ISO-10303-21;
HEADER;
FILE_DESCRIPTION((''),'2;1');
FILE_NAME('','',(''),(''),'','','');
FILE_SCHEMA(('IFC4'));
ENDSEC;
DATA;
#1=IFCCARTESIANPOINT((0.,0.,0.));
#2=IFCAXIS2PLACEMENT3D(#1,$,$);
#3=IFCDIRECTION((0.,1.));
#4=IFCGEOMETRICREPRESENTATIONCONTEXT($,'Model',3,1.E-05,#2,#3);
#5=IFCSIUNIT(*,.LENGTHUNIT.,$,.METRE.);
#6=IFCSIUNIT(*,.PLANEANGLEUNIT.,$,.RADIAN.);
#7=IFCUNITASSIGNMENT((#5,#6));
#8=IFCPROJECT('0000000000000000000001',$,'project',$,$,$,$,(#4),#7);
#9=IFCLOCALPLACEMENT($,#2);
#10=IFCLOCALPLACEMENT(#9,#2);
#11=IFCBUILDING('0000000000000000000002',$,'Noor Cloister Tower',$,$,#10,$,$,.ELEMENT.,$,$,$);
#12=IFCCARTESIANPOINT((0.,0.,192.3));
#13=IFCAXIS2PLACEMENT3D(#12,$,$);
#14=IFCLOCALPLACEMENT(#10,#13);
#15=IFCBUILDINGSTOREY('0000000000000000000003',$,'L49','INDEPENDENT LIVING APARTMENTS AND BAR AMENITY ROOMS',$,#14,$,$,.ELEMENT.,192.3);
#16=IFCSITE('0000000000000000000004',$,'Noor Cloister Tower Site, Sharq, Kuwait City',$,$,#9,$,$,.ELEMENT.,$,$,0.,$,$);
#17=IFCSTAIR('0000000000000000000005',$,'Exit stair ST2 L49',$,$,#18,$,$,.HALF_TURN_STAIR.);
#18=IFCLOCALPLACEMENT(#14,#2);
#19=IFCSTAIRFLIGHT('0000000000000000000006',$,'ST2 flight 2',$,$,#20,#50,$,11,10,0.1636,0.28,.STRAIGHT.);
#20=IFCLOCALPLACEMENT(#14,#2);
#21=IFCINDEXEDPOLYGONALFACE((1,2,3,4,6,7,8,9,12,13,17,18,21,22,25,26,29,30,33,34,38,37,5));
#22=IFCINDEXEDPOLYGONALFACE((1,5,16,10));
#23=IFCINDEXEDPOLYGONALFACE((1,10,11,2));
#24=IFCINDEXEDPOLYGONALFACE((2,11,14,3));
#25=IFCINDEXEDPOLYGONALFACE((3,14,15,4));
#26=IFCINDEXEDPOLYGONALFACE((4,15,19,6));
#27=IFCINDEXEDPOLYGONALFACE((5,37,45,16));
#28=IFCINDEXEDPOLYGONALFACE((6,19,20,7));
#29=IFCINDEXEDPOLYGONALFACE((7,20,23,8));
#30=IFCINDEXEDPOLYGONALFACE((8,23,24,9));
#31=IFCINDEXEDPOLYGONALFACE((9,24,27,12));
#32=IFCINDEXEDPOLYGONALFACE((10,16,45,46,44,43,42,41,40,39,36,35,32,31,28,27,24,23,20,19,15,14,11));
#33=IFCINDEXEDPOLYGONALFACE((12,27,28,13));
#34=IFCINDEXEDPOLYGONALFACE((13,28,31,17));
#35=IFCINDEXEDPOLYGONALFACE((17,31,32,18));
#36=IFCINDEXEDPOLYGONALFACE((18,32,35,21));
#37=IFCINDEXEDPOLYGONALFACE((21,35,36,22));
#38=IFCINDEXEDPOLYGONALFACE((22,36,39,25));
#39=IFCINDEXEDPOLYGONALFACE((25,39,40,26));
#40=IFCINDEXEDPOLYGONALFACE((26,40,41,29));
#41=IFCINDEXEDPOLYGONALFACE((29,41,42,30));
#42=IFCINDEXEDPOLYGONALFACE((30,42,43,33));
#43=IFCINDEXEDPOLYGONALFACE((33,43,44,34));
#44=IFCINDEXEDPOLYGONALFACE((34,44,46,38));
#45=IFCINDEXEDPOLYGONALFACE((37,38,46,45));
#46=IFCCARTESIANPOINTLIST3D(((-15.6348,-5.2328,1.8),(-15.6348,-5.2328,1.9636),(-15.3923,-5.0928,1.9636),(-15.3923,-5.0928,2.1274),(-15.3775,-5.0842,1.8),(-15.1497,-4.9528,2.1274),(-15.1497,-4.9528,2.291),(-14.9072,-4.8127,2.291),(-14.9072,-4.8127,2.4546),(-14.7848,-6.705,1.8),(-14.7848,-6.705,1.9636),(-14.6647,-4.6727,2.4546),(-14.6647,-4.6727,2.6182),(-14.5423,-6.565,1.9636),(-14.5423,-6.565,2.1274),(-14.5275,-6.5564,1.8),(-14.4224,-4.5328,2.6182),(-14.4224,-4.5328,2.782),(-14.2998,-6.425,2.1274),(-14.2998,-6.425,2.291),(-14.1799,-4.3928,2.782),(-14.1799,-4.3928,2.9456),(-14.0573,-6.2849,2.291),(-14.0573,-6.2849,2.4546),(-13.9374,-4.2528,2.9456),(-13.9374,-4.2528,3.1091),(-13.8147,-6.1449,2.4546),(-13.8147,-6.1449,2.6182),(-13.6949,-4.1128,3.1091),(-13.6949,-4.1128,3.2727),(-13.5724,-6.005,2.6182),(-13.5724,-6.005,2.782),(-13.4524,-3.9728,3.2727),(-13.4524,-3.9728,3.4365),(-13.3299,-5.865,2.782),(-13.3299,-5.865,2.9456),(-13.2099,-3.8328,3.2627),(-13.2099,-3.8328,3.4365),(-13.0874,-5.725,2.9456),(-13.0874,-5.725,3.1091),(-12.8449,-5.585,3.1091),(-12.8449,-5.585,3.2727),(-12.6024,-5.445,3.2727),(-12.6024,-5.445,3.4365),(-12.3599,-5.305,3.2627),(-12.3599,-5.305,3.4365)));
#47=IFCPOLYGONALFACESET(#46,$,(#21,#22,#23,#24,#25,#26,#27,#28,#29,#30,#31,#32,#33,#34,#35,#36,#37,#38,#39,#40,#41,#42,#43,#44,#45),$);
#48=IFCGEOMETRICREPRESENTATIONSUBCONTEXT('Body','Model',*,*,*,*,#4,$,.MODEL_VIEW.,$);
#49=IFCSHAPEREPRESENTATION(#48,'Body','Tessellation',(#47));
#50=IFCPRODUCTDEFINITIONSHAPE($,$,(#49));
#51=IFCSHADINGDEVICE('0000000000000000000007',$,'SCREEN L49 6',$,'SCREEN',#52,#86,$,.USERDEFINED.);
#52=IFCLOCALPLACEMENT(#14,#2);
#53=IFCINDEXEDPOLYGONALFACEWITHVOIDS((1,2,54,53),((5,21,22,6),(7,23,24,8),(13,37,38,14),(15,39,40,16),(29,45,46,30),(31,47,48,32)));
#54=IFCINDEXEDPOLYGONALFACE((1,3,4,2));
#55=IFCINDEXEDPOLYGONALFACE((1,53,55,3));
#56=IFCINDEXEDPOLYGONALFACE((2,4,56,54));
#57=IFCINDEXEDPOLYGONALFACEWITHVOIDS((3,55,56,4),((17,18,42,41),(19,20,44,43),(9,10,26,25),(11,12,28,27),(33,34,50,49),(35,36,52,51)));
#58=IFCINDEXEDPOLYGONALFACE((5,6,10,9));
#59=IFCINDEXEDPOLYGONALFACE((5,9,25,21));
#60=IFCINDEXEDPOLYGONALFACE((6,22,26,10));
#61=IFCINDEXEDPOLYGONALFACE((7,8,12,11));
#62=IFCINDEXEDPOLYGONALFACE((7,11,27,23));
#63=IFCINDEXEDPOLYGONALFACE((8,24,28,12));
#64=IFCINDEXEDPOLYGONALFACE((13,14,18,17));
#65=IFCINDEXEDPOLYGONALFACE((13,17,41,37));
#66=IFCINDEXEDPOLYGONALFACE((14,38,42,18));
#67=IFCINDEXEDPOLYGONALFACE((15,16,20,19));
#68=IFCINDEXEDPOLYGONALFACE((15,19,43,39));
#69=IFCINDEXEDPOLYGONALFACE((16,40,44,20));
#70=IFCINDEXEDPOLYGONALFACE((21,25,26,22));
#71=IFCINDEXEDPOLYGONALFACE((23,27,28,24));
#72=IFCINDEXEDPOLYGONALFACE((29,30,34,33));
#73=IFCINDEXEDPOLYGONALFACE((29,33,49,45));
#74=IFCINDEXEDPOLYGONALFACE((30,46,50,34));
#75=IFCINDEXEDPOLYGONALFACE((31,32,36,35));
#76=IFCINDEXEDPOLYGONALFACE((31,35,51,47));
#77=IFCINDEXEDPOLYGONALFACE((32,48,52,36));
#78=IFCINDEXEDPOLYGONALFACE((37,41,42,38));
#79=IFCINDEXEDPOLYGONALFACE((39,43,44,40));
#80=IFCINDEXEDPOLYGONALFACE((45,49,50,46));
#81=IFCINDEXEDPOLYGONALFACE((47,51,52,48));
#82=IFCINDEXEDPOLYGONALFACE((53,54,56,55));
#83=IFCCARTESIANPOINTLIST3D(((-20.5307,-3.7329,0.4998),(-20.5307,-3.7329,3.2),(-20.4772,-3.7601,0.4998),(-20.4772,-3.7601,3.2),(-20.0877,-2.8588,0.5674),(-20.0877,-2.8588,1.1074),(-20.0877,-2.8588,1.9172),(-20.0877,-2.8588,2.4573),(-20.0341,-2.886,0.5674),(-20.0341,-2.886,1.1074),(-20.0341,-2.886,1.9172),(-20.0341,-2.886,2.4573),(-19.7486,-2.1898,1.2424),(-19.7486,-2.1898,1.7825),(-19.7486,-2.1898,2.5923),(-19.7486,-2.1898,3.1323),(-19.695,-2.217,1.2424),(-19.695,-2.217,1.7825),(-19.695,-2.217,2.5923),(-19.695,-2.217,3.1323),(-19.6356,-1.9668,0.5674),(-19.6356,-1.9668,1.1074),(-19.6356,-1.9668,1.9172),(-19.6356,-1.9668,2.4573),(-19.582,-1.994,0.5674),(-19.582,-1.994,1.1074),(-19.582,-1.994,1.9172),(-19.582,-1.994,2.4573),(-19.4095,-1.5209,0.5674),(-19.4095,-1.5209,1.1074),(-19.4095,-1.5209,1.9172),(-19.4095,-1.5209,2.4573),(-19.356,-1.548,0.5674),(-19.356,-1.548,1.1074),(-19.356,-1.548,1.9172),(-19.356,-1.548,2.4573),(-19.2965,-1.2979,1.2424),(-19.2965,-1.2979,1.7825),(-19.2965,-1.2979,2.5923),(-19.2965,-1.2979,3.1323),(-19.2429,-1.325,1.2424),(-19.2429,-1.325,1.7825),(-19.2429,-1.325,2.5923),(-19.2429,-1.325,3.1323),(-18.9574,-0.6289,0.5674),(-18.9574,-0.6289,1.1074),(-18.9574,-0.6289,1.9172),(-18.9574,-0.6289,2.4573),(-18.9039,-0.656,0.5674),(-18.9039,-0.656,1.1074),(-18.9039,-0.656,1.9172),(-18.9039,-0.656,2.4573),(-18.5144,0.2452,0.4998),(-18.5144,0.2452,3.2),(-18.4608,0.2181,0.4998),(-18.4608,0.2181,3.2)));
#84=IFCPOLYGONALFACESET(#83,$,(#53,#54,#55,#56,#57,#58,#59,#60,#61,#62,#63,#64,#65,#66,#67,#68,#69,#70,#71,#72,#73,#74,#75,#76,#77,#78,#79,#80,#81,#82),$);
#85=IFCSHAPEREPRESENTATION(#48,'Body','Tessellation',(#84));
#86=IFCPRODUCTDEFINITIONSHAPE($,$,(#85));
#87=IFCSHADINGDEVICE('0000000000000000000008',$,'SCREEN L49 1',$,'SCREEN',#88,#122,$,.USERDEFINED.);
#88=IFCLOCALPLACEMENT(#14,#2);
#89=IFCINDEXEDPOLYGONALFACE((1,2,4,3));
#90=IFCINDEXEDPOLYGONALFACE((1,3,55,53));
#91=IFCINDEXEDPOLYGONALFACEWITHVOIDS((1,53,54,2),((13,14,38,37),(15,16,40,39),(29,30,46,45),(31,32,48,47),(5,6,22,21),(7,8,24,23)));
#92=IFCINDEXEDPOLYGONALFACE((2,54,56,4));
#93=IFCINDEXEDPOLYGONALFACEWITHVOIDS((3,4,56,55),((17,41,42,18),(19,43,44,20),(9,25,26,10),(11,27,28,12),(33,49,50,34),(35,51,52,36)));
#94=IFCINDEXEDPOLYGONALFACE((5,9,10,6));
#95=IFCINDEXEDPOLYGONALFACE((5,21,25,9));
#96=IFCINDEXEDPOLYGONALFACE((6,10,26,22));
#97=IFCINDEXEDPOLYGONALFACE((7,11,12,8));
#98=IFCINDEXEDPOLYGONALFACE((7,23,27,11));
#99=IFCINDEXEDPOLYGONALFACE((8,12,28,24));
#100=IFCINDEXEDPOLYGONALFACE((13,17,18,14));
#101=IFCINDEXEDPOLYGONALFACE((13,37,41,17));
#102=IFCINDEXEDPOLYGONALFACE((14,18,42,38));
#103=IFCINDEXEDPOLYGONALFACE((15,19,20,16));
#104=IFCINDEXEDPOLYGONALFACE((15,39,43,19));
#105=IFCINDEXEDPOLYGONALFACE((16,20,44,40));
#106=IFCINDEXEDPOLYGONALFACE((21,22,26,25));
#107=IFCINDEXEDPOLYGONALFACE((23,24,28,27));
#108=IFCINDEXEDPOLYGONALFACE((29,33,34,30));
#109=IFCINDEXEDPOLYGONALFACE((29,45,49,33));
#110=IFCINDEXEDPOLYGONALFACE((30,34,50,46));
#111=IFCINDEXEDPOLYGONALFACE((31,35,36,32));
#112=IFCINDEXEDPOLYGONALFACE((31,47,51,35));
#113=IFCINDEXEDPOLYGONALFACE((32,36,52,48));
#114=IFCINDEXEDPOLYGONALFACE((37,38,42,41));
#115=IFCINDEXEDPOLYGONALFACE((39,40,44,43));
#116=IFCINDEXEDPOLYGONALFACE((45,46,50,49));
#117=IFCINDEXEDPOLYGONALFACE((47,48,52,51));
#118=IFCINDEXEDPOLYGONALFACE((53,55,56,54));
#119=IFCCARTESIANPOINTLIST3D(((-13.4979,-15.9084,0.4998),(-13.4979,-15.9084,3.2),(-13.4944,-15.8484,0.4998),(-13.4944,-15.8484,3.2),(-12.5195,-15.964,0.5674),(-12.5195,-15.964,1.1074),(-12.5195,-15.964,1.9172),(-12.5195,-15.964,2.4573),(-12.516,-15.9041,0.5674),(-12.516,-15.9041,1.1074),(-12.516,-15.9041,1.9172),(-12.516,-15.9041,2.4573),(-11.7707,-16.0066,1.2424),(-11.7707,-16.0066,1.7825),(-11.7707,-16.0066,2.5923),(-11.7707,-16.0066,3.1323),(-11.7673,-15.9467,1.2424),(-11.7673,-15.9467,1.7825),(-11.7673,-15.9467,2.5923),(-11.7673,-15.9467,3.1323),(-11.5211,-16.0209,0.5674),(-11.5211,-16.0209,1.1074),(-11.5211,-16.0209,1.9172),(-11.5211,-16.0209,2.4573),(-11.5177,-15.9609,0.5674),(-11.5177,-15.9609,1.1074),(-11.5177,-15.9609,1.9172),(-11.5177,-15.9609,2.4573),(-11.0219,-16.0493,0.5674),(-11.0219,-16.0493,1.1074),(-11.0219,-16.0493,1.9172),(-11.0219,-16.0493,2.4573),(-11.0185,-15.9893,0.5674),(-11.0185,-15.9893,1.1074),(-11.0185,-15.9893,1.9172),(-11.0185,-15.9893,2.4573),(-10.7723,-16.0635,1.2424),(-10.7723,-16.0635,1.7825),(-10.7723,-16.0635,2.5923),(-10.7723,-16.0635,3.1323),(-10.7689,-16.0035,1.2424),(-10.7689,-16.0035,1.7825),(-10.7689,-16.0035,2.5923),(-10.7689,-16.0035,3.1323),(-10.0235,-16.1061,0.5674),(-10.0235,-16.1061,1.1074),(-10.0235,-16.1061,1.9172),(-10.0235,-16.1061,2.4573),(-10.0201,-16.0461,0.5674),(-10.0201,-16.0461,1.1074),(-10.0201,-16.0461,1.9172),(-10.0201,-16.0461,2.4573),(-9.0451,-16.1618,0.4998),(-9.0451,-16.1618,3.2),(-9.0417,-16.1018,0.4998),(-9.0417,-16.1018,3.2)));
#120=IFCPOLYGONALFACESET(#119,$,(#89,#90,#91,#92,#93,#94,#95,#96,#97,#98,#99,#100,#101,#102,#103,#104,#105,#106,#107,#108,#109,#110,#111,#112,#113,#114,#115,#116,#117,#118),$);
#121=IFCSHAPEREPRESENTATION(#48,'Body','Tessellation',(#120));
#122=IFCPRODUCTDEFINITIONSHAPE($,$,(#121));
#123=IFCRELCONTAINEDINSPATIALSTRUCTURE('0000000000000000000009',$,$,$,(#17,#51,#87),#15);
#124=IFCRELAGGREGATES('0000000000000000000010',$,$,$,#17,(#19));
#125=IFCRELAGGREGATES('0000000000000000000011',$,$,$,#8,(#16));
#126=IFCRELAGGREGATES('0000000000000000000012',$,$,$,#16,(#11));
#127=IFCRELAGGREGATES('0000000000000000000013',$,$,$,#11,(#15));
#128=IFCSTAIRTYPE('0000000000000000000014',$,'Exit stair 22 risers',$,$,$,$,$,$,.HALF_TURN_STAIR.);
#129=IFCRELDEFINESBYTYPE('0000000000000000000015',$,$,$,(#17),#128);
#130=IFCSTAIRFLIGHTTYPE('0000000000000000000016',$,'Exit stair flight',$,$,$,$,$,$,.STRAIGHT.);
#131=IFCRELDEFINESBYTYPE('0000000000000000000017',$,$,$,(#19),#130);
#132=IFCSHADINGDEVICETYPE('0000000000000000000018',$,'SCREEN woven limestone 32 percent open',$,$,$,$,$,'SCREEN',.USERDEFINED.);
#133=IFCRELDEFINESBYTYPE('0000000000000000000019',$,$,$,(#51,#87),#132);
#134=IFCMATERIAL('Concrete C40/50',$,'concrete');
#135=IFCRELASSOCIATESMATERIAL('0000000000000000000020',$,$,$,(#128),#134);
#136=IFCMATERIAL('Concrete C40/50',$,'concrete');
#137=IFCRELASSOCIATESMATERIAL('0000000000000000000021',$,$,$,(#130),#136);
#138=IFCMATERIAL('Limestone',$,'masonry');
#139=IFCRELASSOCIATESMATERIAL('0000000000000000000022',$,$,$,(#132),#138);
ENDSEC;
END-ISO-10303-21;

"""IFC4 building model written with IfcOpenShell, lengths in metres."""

from ifc_helpers import new_model, si_unit, direction, frame, origin, place, context, subcontext, project, spatial, polyline, outline, extrude, material, material_profile, profile_set, type_object, element, aggregate, save


model = new_model("IFC4")

# Units and contexts
model_context = context("Model", 3, precision=1e-05, world=origin(), true_north=direction((0.0, 1.0)))
body_context = subcontext(model_context, "Body", "Model", "MODEL_VIEW")
ifc_project = project(units=[si_unit("LENGTHUNIT", "METRE"), si_unit("PLANEANGLEUNIT", "RADIAN")], contexts=[model_context])

# Site, building, storey
site_placement = place(None, origin())
site = spatial("IfcSite", under=ifc_project, at=site_placement, Name="Noor Cloister Tower Site, Sharq, Kuwait City", CompositionType="ELEMENT", RefElevation=0.0)
building_placement = place(site_placement, origin())
building = spatial("IfcBuilding", under=site, at=building_placement, Name="Noor Cloister Tower", CompositionType="ELEMENT")
storey_placement = place(building_placement, frame((0.0, 0.0, 192.3)))
storey = spatial("IfcBuildingStorey", under=building, at=storey_placement, Name="L49", Description="INDEPENDENT LIVING APARTMENTS AND BAR AMENITY ROOMS", CompositionType="ELEMENT", Elevation=192.3)

# Stair, stair flight
ifc_material_1 = material(Name="Concrete C40/50", Category="concrete")
stair_type = type_object("IfcStairType", Name="Exit stair 22 risers", PredefinedType="HALF_TURN_STAIR", material=ifc_material_1)
stair_placement = place(storey_placement, origin())
stair = element("IfcStair", 1, at=stair_placement, inside=storey, type_object=stair_type, Name="Exit stair ST2 L49", PredefinedType="HALF_TURN_STAIR")
ifc_material_2 = material(Name="Concrete C40/50", Category="concrete")
stair_flight_type = type_object("IfcStairFlightType", Name="Exit stair flight", PredefinedType="STRAIGHT", material=ifc_material_2)
stair_flight_1_placement = place(storey_placement, frame((-15.2097, -5.969, 1.8), z_axis=(0.0, 0.0, 1.0), x_axis=(0.866025, 0.5, 0.0)))
stair_flight_1 = element("IfcStairFlight", 2, at=stair_flight_1_placement, type_object=stair_flight_type, Name="ST2 flight 2", NumberOfRisers=11, NumberOfTreads=10, PredefinedType="STRAIGHT", RiserHeight=0.1636, TreadLength=0.28, context=body_context, shape_type="SweptSolid", body=[
    extrude(outline(polyline([(0.0, 0.0), (0.0, 0.1636), (0.28, 0.1636), (0.28, 0.3274), (0.5601, 0.3274), (0.5601, 0.491), (0.8401, 0.491), (0.8401, 0.6545), (1.1201, 0.6545), (1.1201, 0.8181), (1.3999, 0.8181), (1.3999, 0.9819), (1.6799, 0.9819), (1.6799, 1.1455), (1.96, 1.1455), (1.96, 1.3091), (2.24, 1.3091), (2.24, 1.4727), (2.52, 1.4727), (2.52, 1.6365), (2.8, 1.6365), (2.8, 1.8), (2.8, 1.4626), (0.2971, 0.0), (0.0, 0.0)])), frame((0.0, 0.8501, 0.0), z_axis=(0.0, -1.0, 0.0), x_axis=(1.0, 0.0, 0.0)), (0.0, 0.0, 1.0), 1.7),
])
aggregate(stair, [stair_flight_1])

# Shading devices
ifc_material_3 = material(Name="Limestone", Category="masonry")
ifc_material_profile_1 = material_profile(ifc_material_3, outline(polyline([(-2.23, -1.3501), (2.23, -1.3501), (2.23, 1.3501), (-2.23, 1.3501), (-2.23, -1.3501)]), holes=[polyline([(-1.25, -1.2825), (-0.25, -1.2825), (-0.25, -0.7424), (-1.25, -0.7424), (-1.25, -1.2825)]), polyline([(0.25, -1.2825), (1.25, -1.2825), (1.25, -0.7424), (0.25, -0.7424), (0.25, -1.2825)]), polyline([(-0.5, -0.6074), (0.5, -0.6074), (0.5, -0.0674), (-0.5, -0.0674), (-0.5, -0.6074)]), polyline([(-1.25, 0.0674), (-0.25, 0.0674), (-0.25, 0.6074), (-1.25, 0.6074), (-1.25, 0.0674)]), polyline([(0.25, 0.0674), (1.25, 0.0674), (1.25, 0.6074), (0.25, 0.6074), (0.25, 0.0674)]), polyline([(-0.5, 0.7424), (0.5, 0.7424), (0.5, 1.2825), (-0.5, 1.2825), (-0.5, 0.7424)])]), Name="Woven screen 32 percent open")
ifc_profile_set_1 = profile_set([ifc_material_profile_1], Name="Limestone")
shading_device_type = type_object("IfcShadingDeviceType", Name="SCREEN woven limestone 32 percent open", ElementType="SCREEN", PredefinedType="USERDEFINED", material=ifc_profile_set_1)
for number, where, z_axis, x_axis, name in (
    (3, (-19.469, -1.771, 1.8499), (-0.89197, 0.452094, 0.0), (-0.452094, -0.89197, 0.0), "SCREEN L49 6"),
    (4, (-11.2681, -15.9751, 1.8499), (-0.056819, -0.998385, 0.0), (0.998385, -0.056819, 0.0), "SCREEN L49 1"),
):
    element("IfcShadingDevice", number, at=place(storey_placement, frame(where, z_axis=z_axis, x_axis=x_axis)), inside=storey, type_object=shading_device_type, Name=name, ObjectType="SCREEN", PredefinedType="USERDEFINED", context=body_context, shape_type="SweptSolid", body=[
        extrude(outline(polyline([(-2.23, -1.3501), (2.23, -1.3501), (2.23, 1.3501), (-2.23, 1.3501), (-2.23, -1.3501)]), holes=[polyline([(-1.25, -1.2825), (-0.25, -1.2825), (-0.25, -0.7424), (-1.25, -0.7424), (-1.25, -1.2825)]), polyline([(0.25, -1.2825), (1.25, -1.2825), (1.25, -0.7424), (0.25, -0.7424), (0.25, -1.2825)]), polyline([(-0.5, -0.6074), (0.5, -0.6074), (0.5, -0.0674), (-0.5, -0.0674), (-0.5, -0.6074)]), polyline([(-1.25, 0.0674), (-0.25, 0.0674), (-0.25, 0.6074), (-1.25, 0.6074), (-1.25, 0.0674)]), polyline([(0.25, 0.0674), (1.25, 0.0674), (1.25, 0.6074), (0.25, 0.6074), (0.25, 0.0674)]), polyline([(-0.5, 0.7424), (0.5, 0.7424), (0.5, 1.2825), (-0.5, 1.2825), (-0.5, 0.7424)])]), origin(), (0.0, 0.0, 1.0), 0.0601),
    ])

save(model, "model.ifc")
